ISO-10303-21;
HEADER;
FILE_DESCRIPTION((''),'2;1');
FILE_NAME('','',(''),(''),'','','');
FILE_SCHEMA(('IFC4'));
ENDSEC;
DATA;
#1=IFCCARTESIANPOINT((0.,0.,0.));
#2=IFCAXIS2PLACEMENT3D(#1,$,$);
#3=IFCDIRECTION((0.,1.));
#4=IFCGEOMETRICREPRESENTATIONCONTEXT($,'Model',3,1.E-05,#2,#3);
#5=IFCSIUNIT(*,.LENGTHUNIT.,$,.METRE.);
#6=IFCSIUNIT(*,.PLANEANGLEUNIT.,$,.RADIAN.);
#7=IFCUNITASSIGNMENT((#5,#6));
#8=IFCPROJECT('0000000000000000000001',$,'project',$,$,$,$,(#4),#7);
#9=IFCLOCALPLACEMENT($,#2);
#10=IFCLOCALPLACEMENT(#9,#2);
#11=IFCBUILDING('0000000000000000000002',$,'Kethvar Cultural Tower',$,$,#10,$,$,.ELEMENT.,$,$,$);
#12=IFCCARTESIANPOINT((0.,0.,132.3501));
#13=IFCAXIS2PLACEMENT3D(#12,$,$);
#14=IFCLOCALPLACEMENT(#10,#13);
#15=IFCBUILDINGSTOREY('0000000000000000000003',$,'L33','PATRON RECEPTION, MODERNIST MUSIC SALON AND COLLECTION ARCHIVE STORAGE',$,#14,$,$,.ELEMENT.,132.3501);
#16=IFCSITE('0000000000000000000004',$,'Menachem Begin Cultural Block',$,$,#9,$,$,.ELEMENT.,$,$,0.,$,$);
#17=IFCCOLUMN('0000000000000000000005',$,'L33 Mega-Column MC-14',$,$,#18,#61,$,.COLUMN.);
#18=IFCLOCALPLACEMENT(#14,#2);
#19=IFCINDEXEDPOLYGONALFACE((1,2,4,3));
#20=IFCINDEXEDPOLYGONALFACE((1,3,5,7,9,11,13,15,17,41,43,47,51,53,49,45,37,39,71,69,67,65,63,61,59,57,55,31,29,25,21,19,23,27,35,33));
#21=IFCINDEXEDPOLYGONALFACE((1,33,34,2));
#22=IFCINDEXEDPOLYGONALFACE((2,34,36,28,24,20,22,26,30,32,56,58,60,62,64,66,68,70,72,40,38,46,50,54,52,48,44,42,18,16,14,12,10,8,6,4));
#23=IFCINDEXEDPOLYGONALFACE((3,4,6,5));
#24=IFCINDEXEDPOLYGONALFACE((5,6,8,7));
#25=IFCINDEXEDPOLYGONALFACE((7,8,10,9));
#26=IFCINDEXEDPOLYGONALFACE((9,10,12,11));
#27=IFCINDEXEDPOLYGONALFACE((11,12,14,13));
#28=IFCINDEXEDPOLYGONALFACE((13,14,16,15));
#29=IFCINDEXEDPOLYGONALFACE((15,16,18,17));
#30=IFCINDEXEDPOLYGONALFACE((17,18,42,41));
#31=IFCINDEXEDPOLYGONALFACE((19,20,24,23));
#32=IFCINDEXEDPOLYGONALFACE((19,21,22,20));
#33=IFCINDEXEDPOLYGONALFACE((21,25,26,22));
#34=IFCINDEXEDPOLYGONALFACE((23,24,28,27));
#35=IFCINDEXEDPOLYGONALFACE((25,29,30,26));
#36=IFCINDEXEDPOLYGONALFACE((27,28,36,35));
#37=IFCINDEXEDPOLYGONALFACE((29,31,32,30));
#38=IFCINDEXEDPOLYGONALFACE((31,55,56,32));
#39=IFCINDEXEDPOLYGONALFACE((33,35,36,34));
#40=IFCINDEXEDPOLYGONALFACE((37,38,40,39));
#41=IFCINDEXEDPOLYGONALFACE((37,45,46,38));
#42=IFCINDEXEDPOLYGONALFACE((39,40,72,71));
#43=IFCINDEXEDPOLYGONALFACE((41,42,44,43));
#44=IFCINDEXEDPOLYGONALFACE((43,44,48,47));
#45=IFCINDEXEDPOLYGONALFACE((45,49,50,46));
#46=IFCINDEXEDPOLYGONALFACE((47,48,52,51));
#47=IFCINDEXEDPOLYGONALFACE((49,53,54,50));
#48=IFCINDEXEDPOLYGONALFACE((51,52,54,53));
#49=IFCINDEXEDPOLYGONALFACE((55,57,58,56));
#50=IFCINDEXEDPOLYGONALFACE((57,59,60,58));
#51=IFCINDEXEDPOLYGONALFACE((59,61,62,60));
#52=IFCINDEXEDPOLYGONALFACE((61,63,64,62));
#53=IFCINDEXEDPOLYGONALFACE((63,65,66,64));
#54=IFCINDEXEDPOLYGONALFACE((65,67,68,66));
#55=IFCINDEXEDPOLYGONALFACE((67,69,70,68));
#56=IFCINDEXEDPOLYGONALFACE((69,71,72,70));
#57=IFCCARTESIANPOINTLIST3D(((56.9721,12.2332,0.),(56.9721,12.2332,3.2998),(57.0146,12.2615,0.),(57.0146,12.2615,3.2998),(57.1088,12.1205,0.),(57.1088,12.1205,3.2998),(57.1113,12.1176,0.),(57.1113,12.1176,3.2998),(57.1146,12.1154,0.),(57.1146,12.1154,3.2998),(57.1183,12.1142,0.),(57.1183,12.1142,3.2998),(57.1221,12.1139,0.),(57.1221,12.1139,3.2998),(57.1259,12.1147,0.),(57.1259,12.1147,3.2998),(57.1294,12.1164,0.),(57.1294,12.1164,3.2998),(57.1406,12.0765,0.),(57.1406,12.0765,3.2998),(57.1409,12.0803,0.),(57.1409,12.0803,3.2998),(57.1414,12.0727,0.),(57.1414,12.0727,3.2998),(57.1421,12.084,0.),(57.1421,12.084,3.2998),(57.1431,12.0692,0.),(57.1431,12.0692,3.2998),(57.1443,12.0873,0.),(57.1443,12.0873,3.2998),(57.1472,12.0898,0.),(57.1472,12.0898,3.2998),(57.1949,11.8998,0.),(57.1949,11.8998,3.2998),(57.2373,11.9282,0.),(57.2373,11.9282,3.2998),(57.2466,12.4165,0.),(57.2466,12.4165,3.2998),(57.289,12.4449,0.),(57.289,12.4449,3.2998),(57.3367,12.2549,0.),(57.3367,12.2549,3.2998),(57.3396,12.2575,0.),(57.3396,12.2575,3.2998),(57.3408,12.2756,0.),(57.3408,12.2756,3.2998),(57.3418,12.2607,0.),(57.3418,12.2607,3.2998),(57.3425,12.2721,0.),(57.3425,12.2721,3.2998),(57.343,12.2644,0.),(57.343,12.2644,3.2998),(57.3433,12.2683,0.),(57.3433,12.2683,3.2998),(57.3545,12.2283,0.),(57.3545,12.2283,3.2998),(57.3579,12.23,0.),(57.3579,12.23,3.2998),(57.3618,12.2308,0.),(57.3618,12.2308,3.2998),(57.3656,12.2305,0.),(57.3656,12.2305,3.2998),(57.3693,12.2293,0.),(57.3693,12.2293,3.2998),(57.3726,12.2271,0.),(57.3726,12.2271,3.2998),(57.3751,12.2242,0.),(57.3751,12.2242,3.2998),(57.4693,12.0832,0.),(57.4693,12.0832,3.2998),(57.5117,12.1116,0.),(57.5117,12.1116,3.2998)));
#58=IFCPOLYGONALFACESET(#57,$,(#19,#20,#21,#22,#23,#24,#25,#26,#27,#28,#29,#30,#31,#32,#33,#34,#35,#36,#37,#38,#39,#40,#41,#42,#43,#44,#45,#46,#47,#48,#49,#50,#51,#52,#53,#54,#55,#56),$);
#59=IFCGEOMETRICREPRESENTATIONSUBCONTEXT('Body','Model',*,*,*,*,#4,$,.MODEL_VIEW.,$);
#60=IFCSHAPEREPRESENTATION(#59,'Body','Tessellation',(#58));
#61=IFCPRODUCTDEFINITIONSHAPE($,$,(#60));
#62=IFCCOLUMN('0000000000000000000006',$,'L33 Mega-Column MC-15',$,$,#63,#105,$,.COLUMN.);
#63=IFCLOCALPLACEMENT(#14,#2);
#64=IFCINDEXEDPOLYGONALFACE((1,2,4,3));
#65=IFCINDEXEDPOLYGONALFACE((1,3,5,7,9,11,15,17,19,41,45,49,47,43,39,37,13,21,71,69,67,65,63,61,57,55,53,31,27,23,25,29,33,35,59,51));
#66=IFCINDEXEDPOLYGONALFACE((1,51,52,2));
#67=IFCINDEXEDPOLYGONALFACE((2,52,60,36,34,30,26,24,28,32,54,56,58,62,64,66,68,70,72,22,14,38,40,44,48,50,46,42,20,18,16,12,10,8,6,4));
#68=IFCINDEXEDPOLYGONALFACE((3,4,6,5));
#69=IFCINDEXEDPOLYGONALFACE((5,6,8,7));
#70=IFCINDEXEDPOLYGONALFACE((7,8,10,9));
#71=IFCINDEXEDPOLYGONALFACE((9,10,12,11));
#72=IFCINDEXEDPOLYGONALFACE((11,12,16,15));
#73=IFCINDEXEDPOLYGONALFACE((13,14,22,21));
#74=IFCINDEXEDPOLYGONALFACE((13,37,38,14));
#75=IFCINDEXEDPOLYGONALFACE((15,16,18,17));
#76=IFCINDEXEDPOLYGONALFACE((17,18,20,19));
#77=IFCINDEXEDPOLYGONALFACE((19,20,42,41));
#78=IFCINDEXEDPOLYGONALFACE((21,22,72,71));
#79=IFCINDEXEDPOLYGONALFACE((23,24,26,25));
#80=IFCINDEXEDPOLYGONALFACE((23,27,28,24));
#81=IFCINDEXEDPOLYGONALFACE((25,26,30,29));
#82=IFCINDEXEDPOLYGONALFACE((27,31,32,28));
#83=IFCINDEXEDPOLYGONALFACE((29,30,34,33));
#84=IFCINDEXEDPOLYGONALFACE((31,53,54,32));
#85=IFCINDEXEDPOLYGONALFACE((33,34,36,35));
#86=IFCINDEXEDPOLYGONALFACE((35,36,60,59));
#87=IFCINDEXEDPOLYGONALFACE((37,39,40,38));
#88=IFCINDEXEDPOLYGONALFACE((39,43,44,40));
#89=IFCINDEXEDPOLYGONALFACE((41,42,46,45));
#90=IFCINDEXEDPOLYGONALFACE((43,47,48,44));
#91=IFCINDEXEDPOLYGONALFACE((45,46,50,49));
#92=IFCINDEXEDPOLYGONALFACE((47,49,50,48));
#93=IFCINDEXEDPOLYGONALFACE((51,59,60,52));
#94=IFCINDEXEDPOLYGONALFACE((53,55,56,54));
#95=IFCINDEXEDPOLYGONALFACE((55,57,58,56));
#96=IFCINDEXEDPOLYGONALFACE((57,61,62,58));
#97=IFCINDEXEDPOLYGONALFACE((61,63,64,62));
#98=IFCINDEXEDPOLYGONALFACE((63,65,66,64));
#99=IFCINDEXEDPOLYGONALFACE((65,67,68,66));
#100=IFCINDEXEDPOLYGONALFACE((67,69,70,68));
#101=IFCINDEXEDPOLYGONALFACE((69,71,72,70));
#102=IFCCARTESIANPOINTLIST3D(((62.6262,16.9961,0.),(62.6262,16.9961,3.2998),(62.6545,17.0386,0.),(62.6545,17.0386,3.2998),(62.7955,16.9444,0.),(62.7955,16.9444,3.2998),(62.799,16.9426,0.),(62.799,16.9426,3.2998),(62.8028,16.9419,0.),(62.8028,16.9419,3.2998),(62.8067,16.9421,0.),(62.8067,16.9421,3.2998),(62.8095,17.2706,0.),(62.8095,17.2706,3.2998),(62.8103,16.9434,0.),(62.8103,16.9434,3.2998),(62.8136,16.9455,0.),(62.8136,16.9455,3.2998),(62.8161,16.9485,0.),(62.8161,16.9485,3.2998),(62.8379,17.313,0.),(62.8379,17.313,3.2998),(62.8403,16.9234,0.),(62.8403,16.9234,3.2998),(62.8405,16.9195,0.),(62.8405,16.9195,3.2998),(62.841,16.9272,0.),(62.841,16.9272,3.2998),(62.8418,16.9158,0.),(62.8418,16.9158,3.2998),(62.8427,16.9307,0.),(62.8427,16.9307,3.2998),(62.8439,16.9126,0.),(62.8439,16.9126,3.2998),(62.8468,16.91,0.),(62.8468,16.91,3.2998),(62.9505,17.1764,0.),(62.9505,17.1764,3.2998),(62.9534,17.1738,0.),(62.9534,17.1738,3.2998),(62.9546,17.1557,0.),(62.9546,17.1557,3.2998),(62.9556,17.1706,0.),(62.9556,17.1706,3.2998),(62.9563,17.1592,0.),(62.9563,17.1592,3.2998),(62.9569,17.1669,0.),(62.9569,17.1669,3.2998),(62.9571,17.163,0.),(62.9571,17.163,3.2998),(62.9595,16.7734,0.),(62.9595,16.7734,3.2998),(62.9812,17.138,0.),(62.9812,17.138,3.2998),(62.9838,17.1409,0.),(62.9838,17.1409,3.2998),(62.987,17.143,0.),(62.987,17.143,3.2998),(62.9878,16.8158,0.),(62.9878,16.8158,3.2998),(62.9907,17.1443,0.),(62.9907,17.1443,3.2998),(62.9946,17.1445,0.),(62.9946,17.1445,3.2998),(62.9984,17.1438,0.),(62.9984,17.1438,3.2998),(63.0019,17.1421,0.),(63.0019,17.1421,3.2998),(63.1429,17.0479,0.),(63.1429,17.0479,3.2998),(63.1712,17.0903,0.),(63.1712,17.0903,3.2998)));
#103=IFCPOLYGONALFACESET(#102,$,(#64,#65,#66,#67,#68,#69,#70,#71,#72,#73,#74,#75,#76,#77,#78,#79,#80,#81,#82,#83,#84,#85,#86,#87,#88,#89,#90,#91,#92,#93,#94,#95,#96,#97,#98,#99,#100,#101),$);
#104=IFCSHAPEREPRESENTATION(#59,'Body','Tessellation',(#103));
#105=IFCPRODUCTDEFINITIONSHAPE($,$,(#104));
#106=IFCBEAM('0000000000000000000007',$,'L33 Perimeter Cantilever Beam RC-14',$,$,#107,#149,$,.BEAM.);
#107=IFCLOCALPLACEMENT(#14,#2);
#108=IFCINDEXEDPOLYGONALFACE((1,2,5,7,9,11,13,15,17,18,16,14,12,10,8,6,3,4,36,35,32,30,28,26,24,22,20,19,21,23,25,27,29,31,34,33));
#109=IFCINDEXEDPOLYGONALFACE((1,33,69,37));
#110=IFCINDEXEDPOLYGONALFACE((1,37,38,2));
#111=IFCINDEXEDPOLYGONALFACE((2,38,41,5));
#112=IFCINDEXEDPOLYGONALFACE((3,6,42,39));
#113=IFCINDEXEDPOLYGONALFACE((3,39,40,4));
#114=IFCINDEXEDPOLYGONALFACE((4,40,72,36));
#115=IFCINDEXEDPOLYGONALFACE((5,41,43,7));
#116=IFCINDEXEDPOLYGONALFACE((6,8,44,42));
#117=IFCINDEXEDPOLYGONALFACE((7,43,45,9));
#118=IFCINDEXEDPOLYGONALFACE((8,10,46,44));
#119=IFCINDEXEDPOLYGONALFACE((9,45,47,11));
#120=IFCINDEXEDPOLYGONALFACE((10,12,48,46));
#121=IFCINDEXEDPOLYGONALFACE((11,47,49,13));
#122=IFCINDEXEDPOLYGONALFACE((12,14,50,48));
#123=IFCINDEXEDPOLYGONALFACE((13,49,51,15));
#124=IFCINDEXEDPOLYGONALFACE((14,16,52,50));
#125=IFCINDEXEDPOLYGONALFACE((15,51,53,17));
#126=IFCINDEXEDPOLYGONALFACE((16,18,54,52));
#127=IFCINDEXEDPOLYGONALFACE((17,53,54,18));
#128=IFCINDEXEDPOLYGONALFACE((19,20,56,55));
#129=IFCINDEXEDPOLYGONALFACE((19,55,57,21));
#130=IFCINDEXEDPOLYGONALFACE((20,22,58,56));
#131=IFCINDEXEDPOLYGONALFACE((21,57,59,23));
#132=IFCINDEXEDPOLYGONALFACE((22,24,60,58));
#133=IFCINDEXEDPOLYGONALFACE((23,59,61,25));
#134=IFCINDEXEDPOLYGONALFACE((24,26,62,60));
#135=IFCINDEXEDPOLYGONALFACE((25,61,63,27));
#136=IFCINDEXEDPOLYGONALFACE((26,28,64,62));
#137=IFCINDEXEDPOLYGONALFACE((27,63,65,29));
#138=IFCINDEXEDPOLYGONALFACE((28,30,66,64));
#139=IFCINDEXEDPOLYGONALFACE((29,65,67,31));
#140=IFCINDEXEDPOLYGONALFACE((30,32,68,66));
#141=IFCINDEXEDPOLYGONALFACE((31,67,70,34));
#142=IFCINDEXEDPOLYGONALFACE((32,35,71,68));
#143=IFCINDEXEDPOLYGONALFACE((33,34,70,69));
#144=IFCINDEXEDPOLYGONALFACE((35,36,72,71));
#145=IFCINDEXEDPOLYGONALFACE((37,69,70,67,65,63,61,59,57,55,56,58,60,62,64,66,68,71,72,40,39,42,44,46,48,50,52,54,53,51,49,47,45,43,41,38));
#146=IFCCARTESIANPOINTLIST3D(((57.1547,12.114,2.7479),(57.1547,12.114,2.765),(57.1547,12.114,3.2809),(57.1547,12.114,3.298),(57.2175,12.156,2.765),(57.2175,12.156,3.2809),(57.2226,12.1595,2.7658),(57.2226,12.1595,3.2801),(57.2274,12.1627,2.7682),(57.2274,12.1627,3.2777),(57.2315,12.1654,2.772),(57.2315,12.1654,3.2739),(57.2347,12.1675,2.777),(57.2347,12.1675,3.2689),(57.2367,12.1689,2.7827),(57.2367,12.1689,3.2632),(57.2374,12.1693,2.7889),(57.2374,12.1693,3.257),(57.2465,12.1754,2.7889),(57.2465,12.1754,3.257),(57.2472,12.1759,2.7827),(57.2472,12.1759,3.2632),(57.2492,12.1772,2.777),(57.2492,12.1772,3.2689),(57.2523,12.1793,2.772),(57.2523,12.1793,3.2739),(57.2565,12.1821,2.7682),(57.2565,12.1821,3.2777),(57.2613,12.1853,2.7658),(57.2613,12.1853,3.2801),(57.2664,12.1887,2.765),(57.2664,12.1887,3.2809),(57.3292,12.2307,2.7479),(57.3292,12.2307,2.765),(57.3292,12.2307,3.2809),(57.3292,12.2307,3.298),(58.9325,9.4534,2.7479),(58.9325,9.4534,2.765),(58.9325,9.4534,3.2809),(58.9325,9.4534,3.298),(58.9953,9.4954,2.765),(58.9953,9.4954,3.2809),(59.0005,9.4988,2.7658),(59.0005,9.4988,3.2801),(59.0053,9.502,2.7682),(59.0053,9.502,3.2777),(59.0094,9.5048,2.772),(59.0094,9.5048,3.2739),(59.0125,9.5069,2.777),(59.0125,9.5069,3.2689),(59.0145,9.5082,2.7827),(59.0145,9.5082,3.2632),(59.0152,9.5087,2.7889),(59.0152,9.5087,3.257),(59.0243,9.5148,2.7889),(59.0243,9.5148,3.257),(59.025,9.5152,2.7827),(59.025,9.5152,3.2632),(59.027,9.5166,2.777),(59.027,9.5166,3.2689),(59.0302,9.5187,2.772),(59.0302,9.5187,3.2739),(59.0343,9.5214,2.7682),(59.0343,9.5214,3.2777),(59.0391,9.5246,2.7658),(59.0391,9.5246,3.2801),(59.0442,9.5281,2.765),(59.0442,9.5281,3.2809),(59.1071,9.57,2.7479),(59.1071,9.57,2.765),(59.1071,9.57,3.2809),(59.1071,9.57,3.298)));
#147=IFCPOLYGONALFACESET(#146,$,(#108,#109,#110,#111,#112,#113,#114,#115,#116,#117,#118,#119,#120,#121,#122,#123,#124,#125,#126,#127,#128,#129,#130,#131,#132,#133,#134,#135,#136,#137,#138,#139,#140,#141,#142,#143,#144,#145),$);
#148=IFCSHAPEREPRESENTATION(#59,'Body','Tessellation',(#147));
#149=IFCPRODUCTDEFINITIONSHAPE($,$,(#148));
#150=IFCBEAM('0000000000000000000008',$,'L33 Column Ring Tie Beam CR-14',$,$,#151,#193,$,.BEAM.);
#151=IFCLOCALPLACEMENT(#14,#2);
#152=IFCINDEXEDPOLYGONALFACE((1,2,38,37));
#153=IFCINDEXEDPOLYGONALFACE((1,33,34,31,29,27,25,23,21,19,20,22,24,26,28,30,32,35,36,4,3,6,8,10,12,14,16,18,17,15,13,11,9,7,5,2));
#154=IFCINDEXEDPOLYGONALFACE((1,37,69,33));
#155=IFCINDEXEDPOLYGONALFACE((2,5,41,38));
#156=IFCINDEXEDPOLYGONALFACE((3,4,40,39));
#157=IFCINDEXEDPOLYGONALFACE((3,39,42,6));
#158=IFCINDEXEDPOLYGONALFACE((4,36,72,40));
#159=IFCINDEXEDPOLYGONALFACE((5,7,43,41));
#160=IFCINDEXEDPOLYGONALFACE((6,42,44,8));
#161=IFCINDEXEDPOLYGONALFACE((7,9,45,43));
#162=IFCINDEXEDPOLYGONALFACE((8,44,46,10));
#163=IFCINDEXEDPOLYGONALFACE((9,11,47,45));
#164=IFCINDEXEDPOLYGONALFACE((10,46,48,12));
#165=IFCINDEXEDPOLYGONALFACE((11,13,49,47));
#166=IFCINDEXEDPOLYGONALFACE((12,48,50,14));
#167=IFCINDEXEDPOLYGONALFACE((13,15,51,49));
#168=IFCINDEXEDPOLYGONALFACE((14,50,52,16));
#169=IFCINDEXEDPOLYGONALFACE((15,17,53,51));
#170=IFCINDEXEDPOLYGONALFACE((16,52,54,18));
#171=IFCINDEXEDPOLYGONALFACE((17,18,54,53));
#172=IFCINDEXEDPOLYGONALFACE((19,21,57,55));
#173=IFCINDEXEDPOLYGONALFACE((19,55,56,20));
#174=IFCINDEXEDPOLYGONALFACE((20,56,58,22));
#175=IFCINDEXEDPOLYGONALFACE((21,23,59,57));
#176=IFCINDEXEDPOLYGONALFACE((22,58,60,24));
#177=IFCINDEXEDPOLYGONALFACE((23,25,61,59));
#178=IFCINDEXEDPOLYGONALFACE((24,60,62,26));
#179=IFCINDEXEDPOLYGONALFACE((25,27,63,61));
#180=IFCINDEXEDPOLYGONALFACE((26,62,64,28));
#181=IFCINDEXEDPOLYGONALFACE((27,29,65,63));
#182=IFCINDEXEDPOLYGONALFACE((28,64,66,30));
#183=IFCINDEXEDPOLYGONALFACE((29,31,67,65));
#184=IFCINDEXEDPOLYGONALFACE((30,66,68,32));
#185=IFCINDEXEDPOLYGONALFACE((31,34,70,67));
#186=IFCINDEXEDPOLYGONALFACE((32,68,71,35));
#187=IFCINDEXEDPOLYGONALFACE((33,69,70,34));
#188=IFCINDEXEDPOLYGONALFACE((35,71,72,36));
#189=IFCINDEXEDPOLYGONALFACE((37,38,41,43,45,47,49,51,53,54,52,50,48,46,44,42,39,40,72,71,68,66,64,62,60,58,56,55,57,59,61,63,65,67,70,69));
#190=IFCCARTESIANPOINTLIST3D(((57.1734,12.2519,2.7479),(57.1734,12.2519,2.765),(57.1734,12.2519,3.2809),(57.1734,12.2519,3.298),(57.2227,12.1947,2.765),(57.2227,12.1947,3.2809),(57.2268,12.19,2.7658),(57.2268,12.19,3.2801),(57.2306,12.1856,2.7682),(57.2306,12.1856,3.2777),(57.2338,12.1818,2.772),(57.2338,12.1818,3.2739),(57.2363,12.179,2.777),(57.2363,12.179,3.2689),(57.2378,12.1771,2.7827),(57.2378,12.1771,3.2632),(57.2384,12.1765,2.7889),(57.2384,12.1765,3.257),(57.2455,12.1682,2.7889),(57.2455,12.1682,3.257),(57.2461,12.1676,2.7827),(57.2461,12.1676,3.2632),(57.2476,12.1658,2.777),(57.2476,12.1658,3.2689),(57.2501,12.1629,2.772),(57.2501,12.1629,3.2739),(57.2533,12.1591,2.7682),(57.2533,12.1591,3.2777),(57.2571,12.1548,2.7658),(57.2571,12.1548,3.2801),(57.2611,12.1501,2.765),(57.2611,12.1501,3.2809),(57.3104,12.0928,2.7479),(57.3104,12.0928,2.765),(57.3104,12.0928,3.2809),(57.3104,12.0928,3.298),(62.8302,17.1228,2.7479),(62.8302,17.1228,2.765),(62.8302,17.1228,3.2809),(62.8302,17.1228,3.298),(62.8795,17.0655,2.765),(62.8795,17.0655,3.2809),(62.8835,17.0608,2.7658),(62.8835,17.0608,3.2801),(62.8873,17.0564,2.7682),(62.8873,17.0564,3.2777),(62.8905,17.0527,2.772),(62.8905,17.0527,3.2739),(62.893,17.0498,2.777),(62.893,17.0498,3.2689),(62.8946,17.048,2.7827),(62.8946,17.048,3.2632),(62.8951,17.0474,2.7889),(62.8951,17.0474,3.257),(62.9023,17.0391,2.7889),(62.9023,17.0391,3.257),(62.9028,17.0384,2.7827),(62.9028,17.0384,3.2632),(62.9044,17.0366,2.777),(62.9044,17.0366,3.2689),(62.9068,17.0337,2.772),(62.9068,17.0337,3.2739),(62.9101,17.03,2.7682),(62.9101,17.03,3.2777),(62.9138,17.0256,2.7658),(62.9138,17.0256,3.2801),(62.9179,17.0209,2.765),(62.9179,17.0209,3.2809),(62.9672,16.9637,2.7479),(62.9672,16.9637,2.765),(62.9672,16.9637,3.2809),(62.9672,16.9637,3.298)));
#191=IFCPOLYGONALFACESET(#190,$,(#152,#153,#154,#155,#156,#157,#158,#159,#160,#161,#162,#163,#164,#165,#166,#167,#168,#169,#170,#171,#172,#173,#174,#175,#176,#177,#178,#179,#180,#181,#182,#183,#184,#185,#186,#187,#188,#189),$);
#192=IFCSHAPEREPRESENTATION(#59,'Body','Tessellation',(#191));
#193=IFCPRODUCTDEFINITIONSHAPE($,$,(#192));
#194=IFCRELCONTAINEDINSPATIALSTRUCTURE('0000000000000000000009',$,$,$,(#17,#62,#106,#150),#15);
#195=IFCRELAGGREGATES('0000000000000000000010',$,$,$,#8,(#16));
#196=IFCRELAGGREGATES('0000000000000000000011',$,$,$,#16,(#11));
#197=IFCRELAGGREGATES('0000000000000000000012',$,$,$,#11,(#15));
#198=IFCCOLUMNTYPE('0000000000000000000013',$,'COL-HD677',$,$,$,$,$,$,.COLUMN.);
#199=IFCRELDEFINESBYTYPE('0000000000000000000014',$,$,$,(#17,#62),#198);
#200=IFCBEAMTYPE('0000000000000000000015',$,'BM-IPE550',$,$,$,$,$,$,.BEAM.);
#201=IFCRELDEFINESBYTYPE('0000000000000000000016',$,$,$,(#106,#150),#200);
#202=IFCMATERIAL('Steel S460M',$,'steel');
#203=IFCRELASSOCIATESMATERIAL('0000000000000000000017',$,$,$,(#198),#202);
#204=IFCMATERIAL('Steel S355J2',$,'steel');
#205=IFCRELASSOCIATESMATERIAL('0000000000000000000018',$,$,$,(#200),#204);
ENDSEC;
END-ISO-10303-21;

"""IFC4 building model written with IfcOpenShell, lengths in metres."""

from ifc_helpers import new_model, si_unit, direction, frame, origin, origin_2d, place, context, subcontext, project, spatial, i_section, extrude, source, transform, mapped, material, material_profile, profile_set, type_object, element, save


model = new_model("IFC4")

# Units and contexts
model_context = context("Model", 3, precision=1e-05, world=origin(), true_north=direction((0.0, 1.0)))
body_context = subcontext(model_context, "Body", "Model", "MODEL_VIEW")
ifc_project = project(units=[si_unit("LENGTHUNIT", "METRE"), si_unit("PLANEANGLEUNIT", "RADIAN")], contexts=[model_context])

# Site, building, storey
site_placement = place(None, origin())
site = spatial("IfcSite", under=ifc_project, at=site_placement, Name="Menachem Begin Cultural Block", CompositionType="ELEMENT", RefElevation=0.0)
building_placement = place(site_placement, origin())
building = spatial("IfcBuilding", under=site, at=building_placement, Name="Kethvar Cultural Tower", CompositionType="ELEMENT")
storey_placement = place(building_placement, frame((0.0, 0.0, 132.3501)))
storey = spatial("IfcBuildingStorey", under=building, at=storey_placement, Name="L33", Description="PATRON RECEPTION, MODERNIST MUSIC SALON AND COLLECTION ARCHIVE STORAGE", CompositionType="ELEMENT", Elevation=132.3501)

# Columns
ifc_material_1 = material(Name="Steel S460M", Category="steel")
ifc_material_profile_1 = material_profile(ifc_material_1, i_section(OverallWidth=0.4009, OverallDepth=0.3811, WebThickness=0.032, FlangeThickness=0.051, FilletRadius=0.0149, at=origin_2d()), Name="Steel S460M — HD400x677")
ifc_profile_set_1 = profile_set([ifc_material_profile_1], Name="Steel S460M — HD400x677")
column_type = type_object("IfcColumnType", Name="COL-HD677", PredefinedType="COLUMN", material=ifc_profile_set_1)
shared_shape_1 = source(origin(), body_context, "Body", "SweptSolid", [
    extrude(i_section(OverallWidth=0.4009, OverallDepth=0.3811, WebThickness=0.032, FlangeThickness=0.051, FilletRadius=0.0149, at=origin_2d()), origin(), (0.0, 0.0, 1.0), 3.2998),
])
for number, where, z_axis, x_axis, name in (
    (1, (57.2419, 12.1724, 0.0), (0.0, 0.0, 1.0), (0.55557, -0.83147, 0.0), "L33 Mega-Column MC-14"),
    (2, (62.8987, 17.0432, 0.0), (0.0, 0.0, 1.0), (0.83147, -0.55557, 0.0), "L33 Mega-Column MC-15"),
):
    element("IfcColumn", number, at=place(storey_placement, frame(where, z_axis=z_axis, x_axis=x_axis)), inside=storey, type_object=column_type, Name=name, PredefinedType="COLUMN", context=body_context, shape_type="MappedRepresentation", body=[
        mapped(shared_shape_1, transform((0.0, 0.0, 0.0), scale=1.0)),
    ])

# Beams
ifc_material_2 = material(Name="Steel S355J2", Category="steel")
ifc_material_profile_2 = material_profile(ifc_material_2, i_section(OverallWidth=0.21, OverallDepth=0.55, WebThickness=0.011, FlangeThickness=0.0171, FilletRadius=0.0239, at=origin_2d()), Name="Steel S355J2 — IPE550")
ifc_profile_set_2 = profile_set([ifc_material_profile_2], Name="Steel S355J2 — IPE550")
beam_type_1 = type_object("IfcBeamType", Name="BM-IPE550", PredefinedType="BEAM", material=ifc_profile_set_2)
shared_shape_2 = source(origin(), body_context, "Body", "SweptSolid", [
    extrude(i_section(OverallWidth=0.21, OverallDepth=0.55, WebThickness=0.011, FlangeThickness=0.0171, FilletRadius=0.0239, at=origin_2d()), origin(), (0.0, 0.0, 1.0), 3.2),
])
beam_1_placement = place(storey_placement, frame((57.2419, 12.1724, 3.0229), z_axis=(0.55558, -0.831463, 0.0), x_axis=(0.831463, 0.55558, 0.0)))
element("IfcBeam", 3, at=beam_1_placement, inside=storey, type_object=beam_type_1, Name="L33 Perimeter Cantilever Beam RC-14", PredefinedType="BEAM", context=body_context, shape_type="MappedRepresentation", body=[
    mapped(shared_shape_2, transform((0.0, 0.0, 0.0), scale=1.0)),
])
shared_shape_3 = source(origin(), body_context, "Body", "SweptSolid", [
    extrude(i_section(OverallWidth=0.21, OverallDepth=0.55, WebThickness=0.011, FlangeThickness=0.0171, FilletRadius=0.0239, at=origin_2d()), origin(), (0.0, 0.0, 1.0), 7.4648),
])
beam_2_placement = place(storey_placement, frame((57.2419, 12.1724, 3.0229), z_axis=(0.757784, 0.652505, 0.0), x_axis=(-0.652505, 0.757784, 0.0)))
element("IfcBeam", 4, at=beam_2_placement, inside=storey, type_object=beam_type_1, Name="L33 Column Ring Tie Beam CR-14", PredefinedType="BEAM", context=body_context, shape_type="MappedRepresentation", body=[
    mapped(shared_shape_3, transform((0.0, 0.0, 0.0), scale=1.0)),
])

save(model, "model.ifc")
